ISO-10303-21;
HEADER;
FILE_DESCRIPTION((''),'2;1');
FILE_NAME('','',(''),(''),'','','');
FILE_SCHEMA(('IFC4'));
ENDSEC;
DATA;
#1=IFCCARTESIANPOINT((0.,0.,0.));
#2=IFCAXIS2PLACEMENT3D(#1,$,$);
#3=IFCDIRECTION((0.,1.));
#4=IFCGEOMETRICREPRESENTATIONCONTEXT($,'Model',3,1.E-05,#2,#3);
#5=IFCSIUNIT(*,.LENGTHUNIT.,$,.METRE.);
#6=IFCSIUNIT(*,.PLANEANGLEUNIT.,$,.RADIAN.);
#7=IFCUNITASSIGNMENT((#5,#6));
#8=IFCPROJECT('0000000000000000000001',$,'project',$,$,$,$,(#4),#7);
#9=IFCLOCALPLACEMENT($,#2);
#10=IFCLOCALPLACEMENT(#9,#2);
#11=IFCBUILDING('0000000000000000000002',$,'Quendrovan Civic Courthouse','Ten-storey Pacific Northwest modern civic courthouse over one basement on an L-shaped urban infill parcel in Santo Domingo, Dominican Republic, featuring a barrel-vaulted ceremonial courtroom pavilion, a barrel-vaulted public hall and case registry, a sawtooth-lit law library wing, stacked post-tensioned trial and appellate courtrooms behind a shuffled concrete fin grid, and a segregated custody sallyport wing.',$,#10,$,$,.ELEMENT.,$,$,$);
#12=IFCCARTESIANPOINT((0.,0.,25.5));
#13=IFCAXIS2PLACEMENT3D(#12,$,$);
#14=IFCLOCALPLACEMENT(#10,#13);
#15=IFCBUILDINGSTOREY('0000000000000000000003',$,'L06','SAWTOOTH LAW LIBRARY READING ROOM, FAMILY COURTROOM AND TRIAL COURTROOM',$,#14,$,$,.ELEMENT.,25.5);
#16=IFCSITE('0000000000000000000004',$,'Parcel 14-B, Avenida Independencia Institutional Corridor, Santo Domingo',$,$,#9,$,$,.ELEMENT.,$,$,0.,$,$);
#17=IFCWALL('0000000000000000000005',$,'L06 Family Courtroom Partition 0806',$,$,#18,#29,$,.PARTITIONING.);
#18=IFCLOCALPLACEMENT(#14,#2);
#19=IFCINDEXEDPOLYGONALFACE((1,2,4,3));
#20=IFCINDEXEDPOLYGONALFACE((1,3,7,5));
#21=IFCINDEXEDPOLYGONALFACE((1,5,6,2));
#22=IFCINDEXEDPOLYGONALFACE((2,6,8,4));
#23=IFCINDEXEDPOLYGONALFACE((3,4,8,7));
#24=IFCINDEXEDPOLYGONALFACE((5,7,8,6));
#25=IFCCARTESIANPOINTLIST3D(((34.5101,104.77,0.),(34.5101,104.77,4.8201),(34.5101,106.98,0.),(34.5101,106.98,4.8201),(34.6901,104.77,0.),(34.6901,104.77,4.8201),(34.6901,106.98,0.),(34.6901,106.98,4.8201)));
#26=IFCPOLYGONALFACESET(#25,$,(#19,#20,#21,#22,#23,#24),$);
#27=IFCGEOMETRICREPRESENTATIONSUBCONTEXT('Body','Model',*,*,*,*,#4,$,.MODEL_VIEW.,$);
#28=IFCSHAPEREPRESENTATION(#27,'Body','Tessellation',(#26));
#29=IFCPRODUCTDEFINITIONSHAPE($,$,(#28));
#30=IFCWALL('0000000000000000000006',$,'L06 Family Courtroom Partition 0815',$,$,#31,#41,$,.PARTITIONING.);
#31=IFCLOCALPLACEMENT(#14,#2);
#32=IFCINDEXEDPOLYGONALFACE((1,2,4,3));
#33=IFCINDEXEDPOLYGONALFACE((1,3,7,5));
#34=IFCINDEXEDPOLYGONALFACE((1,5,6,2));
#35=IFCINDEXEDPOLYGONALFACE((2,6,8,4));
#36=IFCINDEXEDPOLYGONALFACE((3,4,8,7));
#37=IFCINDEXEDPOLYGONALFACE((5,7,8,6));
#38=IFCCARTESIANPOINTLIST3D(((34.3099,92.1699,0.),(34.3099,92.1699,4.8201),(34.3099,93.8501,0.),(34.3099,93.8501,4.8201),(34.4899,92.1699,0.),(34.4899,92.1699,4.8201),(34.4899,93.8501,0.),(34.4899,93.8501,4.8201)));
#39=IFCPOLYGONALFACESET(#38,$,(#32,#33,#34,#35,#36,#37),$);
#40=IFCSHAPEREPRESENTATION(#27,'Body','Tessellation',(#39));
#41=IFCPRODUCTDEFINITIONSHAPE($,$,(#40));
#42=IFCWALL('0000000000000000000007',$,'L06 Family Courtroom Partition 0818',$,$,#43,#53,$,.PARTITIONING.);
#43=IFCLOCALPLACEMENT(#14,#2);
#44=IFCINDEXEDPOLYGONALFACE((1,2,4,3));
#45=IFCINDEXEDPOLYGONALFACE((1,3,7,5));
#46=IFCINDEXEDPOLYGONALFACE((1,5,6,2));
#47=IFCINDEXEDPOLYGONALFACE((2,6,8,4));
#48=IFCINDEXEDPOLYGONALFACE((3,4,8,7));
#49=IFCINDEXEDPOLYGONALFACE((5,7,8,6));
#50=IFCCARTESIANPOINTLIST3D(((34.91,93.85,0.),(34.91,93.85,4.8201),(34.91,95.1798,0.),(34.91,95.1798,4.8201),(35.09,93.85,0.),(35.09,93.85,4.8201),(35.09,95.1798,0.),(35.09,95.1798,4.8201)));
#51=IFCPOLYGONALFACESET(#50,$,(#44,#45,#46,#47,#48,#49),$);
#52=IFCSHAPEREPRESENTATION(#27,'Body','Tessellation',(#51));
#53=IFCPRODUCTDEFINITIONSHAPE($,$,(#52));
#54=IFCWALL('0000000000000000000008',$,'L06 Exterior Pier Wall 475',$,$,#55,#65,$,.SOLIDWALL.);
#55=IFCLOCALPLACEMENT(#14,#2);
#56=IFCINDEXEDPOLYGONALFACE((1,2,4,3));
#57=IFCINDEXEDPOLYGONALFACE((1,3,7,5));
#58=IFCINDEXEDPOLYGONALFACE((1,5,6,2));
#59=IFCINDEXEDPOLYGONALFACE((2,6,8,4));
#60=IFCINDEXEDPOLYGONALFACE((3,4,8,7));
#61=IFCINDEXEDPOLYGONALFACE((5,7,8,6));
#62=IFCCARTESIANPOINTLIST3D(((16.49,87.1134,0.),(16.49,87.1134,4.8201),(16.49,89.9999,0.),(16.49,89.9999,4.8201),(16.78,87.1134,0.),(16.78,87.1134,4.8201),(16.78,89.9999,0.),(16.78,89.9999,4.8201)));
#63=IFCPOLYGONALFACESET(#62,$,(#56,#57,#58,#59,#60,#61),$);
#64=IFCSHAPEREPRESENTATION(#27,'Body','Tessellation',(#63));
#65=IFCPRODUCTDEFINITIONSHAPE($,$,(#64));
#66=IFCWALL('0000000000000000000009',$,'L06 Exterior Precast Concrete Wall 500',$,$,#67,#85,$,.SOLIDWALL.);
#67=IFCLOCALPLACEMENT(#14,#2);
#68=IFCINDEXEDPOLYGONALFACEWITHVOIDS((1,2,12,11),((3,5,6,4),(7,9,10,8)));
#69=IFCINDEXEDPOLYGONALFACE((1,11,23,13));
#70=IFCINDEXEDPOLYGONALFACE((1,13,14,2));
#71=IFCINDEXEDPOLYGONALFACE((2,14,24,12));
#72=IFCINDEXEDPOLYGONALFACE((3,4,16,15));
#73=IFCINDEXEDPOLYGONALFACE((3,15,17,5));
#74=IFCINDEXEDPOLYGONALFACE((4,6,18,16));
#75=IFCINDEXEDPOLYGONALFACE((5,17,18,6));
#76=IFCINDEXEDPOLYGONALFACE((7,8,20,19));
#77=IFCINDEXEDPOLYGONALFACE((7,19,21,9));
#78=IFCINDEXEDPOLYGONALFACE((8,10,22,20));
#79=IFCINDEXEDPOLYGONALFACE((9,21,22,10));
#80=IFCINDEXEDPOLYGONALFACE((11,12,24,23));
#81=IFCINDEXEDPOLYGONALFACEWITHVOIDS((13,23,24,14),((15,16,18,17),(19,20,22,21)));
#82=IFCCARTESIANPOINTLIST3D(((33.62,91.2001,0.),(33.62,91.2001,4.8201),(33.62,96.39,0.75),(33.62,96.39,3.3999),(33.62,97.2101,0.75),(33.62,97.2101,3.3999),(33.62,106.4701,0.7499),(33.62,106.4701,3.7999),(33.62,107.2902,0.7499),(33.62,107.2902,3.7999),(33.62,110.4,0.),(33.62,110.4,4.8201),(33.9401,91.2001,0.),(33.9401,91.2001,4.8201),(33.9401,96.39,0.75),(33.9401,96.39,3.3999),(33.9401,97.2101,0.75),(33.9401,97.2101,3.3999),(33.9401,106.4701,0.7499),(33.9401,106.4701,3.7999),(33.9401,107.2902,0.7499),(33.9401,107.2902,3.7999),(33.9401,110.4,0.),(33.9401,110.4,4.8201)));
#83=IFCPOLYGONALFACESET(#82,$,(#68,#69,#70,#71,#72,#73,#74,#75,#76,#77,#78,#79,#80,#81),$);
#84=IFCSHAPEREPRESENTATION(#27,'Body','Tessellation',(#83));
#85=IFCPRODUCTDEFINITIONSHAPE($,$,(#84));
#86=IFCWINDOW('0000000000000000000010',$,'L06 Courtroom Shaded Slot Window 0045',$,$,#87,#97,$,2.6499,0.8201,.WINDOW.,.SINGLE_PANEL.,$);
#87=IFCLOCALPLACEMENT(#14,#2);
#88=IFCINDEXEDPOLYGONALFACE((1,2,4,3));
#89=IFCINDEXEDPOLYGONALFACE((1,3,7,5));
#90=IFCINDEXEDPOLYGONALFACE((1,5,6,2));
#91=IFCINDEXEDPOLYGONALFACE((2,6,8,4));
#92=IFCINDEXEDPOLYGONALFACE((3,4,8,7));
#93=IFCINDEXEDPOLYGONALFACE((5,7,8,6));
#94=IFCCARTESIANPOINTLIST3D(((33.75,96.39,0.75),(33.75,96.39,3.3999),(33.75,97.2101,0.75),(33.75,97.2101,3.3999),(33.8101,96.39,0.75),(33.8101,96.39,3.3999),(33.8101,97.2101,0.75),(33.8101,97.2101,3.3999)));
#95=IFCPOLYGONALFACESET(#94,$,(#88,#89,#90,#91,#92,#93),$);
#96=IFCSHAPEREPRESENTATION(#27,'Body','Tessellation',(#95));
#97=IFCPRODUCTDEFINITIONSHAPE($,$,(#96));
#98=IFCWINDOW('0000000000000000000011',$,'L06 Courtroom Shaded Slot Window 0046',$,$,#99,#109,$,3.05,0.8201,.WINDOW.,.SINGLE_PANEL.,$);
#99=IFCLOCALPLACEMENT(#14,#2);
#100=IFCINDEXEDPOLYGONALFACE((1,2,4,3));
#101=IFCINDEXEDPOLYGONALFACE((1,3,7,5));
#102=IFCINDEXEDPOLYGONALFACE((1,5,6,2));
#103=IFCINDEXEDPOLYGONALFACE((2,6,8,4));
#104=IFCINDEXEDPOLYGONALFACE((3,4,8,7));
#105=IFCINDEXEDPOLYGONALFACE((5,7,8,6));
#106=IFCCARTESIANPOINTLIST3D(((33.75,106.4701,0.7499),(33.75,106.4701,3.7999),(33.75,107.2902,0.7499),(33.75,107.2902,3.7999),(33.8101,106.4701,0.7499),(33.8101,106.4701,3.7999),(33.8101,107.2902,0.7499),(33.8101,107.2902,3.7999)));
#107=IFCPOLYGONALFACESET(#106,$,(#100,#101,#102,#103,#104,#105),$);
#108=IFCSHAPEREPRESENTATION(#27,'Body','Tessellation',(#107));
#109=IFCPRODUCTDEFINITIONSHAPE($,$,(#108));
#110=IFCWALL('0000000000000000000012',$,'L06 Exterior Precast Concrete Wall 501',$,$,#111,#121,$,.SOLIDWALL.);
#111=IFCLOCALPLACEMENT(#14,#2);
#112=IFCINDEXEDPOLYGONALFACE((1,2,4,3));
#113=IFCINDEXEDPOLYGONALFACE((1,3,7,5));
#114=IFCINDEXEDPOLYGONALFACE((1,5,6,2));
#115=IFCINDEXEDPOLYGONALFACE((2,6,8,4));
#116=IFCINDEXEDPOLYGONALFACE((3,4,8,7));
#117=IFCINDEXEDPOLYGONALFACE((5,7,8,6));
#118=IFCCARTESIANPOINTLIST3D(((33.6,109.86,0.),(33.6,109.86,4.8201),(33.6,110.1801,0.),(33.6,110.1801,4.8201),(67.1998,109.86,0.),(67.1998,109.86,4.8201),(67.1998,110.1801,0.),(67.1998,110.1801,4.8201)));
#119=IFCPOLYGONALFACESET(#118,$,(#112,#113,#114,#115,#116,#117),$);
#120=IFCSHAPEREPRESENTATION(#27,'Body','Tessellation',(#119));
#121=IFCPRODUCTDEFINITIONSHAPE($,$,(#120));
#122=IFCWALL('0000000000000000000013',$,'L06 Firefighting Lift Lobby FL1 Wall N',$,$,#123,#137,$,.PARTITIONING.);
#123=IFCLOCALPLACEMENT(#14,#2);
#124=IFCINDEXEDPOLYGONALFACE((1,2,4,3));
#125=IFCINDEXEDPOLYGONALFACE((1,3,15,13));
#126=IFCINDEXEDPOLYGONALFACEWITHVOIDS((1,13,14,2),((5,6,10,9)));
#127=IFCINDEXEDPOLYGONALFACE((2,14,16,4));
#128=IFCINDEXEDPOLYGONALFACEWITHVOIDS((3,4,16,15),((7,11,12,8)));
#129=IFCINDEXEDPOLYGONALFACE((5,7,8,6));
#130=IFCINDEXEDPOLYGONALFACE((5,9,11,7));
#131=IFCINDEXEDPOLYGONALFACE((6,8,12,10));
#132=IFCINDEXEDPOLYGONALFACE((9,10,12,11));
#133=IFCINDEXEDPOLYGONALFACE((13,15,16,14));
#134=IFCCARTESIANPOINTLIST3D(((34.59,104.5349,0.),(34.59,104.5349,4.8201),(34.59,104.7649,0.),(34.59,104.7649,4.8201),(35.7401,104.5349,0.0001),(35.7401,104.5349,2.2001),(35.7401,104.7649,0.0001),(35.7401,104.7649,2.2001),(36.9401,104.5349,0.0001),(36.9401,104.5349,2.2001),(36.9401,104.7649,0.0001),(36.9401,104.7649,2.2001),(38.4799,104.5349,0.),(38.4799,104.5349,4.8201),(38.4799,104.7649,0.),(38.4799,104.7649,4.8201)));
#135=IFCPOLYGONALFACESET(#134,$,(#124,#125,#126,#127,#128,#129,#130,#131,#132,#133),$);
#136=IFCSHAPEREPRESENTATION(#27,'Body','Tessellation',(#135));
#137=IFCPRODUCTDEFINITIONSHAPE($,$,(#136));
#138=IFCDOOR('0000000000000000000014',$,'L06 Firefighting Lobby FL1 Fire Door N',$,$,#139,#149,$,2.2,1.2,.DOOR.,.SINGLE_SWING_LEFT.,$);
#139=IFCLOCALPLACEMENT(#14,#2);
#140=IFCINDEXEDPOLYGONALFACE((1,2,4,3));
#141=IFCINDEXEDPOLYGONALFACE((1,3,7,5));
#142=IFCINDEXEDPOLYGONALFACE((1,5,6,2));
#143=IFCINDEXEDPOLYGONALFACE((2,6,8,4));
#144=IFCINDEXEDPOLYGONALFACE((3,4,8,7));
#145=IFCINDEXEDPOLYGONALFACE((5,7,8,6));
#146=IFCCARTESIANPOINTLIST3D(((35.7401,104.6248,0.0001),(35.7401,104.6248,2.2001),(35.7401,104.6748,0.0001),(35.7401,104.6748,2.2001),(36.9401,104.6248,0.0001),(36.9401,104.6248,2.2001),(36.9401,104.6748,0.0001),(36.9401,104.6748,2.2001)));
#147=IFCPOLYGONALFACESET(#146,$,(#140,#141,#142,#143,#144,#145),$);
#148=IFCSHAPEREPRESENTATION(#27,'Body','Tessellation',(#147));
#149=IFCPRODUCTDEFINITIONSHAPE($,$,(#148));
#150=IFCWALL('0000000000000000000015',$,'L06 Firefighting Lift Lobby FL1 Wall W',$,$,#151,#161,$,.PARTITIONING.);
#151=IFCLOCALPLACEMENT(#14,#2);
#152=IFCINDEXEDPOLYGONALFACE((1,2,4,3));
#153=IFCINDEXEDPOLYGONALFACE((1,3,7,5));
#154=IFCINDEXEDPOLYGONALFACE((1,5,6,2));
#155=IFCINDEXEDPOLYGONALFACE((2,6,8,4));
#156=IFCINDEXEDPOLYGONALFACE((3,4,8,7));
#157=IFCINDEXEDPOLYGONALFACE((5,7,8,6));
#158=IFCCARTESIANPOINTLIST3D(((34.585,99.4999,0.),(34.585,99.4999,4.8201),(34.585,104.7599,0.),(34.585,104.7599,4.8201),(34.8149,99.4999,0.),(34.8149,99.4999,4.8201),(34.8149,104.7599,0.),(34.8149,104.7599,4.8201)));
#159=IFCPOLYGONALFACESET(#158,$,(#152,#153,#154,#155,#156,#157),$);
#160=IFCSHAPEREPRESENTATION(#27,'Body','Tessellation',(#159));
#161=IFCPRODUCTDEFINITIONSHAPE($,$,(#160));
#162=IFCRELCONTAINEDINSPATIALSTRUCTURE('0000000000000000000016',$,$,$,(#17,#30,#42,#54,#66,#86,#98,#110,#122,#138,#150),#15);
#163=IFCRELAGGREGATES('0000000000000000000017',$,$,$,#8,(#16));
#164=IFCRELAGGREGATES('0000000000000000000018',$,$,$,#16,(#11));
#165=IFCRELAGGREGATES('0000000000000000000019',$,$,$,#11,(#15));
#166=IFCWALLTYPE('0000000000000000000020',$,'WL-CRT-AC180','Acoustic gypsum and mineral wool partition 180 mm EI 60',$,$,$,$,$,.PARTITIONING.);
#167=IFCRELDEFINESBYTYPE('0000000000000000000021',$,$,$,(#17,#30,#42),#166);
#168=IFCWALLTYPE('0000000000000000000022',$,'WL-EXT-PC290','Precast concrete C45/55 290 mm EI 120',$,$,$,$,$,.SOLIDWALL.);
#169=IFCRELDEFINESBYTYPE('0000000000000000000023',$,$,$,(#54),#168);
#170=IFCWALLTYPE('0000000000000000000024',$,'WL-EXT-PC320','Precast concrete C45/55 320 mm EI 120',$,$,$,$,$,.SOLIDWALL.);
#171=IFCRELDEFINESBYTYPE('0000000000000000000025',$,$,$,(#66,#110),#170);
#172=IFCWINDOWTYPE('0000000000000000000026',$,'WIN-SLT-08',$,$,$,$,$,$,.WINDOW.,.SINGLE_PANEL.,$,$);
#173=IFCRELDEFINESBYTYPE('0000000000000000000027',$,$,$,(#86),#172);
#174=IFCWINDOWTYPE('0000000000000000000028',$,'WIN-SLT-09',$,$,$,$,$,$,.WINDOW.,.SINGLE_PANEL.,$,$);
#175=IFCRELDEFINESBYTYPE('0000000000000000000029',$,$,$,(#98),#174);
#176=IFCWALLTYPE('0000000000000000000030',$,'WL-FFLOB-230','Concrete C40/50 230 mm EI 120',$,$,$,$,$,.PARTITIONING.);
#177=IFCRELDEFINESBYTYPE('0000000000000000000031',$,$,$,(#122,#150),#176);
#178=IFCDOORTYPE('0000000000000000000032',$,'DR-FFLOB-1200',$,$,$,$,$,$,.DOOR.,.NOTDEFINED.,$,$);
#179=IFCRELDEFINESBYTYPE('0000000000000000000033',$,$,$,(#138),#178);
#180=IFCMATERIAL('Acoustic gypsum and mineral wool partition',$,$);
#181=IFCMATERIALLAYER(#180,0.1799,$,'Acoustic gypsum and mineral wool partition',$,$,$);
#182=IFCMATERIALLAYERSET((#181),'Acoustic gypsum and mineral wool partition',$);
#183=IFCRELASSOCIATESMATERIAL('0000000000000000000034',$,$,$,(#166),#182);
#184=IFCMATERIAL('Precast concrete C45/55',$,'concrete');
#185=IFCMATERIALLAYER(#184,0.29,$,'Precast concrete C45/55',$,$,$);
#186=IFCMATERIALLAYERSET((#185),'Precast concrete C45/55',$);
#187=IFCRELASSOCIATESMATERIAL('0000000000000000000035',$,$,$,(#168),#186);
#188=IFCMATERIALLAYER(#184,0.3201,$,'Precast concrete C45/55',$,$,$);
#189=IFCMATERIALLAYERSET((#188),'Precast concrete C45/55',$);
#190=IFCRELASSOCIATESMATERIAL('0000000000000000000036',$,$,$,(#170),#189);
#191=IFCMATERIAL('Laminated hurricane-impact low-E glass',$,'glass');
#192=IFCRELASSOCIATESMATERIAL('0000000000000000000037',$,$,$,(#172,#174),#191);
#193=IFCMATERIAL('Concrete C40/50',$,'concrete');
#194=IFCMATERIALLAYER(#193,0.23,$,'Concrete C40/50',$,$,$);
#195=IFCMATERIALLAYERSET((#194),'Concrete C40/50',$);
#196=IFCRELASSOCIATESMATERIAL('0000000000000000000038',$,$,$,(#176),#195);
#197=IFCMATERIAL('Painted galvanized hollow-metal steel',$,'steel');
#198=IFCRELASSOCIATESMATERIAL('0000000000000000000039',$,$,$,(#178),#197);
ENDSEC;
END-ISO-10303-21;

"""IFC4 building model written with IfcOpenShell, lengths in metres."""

from ifc_helpers import new_model, si_unit, direction, frame, frame_2d, origin, place, context, subcontext, project, spatial, rectangle, extrude, material, layer, layer_set, type_object, element, fill, save


model = new_model("IFC4")

# Units and contexts
model_context = context("Model", 3, precision=1e-05, world=origin(), true_north=direction((0.0, 1.0)))
body_context = subcontext(model_context, "Body", "Model", "MODEL_VIEW")
ifc_project = project(units=[si_unit("LENGTHUNIT", "METRE"), si_unit("PLANEANGLEUNIT", "RADIAN")], contexts=[model_context])

# Site, building, storey
site_placement = place(None, origin())
site = spatial("IfcSite", under=ifc_project, at=site_placement, Name="Parcel 14-B, Avenida Independencia Institutional Corridor, Santo Domingo", CompositionType="ELEMENT", RefElevation=0.0)
building_placement = place(site_placement, origin())
building = spatial("IfcBuilding", under=site, at=building_placement, Name="Quendrovan Civic Courthouse", Description="Ten-storey Pacific Northwest modern civic courthouse over one basement on an L-shaped urban infill parcel in Santo Domingo, Dominican Republic, featuring a barrel-vaulted ceremonial courtroom pavilion, a barrel-vaulted public hall and case registry, a sawtooth-lit law library wing, stacked post-tensioned trial and appellate courtrooms behind a shuffled concrete fin grid, and a segregated custody sallyport wing.", CompositionType="ELEMENT")
storey_placement = place(building_placement, frame((0.0, 0.0, 25.5)))
storey = spatial("IfcBuildingStorey", under=building, at=storey_placement, Name="L06", Description="SAWTOOTH LAW LIBRARY READING ROOM, FAMILY COURTROOM AND TRIAL COURTROOM", CompositionType="ELEMENT", Elevation=25.5)

# Shared definitions
ifc_material_1 = material(Name="Concrete C40/50", Category="concrete")

# Shared definitions
ifc_material_2 = material(Name="Precast concrete C45/55", Category="concrete")

# Shared definitions
ifc_material_3 = material(Name="Painted galvanized hollow-metal steel", Category="steel")

# Shared definitions
ifc_material_4 = material(Name="Acoustic gypsum and mineral wool partition")
ifc_layer_1 = layer(ifc_material_4, 0.1799, Name="Acoustic gypsum and mineral wool partition")
ifc_layer_set_1 = layer_set([ifc_layer_1], Name="Acoustic gypsum and mineral wool partition")
wall_type_1 = type_object("IfcWallType", Name="WL-CRT-AC180", Description="Acoustic gypsum and mineral wool partition 180 mm EI 60", PredefinedType="PARTITIONING", material=ifc_layer_set_1)

# Walls
wall_1_placement = place(storey_placement, frame((34.6001, 106.98, 0.0), z_axis=(0.0, 0.0, 1.0), x_axis=(0.0, -1.0, 0.0)))
element("IfcWall", 1, at=wall_1_placement, inside=storey, type_object=wall_type_1, Name="L06 Family Courtroom Partition 0806", PredefinedType="PARTITIONING", context=body_context, shape_type="SweptSolid", body=[
    extrude(rectangle(XDim=2.21, YDim=0.1799, at=frame_2d((1.105, 0.0))), origin(), (0.0, 0.0, 1.0), 4.8201),
])
wall_2_placement = place(storey_placement, frame((34.3999, 93.8501, 0.0), z_axis=(0.0, 0.0, 1.0), x_axis=(0.0, -1.0, 0.0)))
element("IfcWall", 2, at=wall_2_placement, inside=storey, type_object=wall_type_1, Name="L06 Family Courtroom Partition 0815", PredefinedType="PARTITIONING", context=body_context, shape_type="SweptSolid", body=[
    extrude(rectangle(XDim=1.6802, YDim=0.1799, at=frame_2d((0.8401, 0.0))), origin(), (0.0, 0.0, 1.0), 4.8201),
])
wall_3_placement = place(storey_placement, frame((35.0, 95.1799, 0.0), z_axis=(0.0, 0.0, 1.0), x_axis=(0.0, -1.0, 0.0)))
element("IfcWall", 3, at=wall_3_placement, inside=storey, type_object=wall_type_1, Name="L06 Family Courtroom Partition 0818", PredefinedType="PARTITIONING", context=body_context, shape_type="SweptSolid", body=[
    extrude(rectangle(XDim=1.3298, YDim=0.1799, at=frame_2d((0.665, 0.0))), origin(), (0.0, 0.0, 1.0), 4.8201),
])
ifc_layer_2 = layer(ifc_material_2, 0.29, Name="Precast concrete C45/55")
ifc_layer_set_2 = layer_set([ifc_layer_2], Name="Precast concrete C45/55")
wall_type_2 = type_object("IfcWallType", Name="WL-EXT-PC290", Description="Precast concrete C45/55 290 mm EI 120", PredefinedType="SOLIDWALL", material=ifc_layer_set_2)
wall_4_placement = place(storey_placement, frame((16.635, 90.0, 0.0), z_axis=(0.0, 0.0, 1.0), x_axis=(0.0, -1.0, 0.0)))
element("IfcWall", 4, at=wall_4_placement, inside=storey, type_object=wall_type_2, Name="L06 Exterior Pier Wall 475", PredefinedType="SOLIDWALL", context=body_context, shape_type="SweptSolid", body=[
    extrude(rectangle(XDim=2.8865, YDim=0.29, at=frame_2d((1.4434, 0.0))), origin(), (0.0, 0.0, 1.0), 4.8201),
])

# Wall, openings, windows
ifc_layer_3 = layer(ifc_material_2, 0.3201, Name="Precast concrete C45/55")
ifc_layer_set_3 = layer_set([ifc_layer_3], Name="Precast concrete C45/55")
wall_type_3 = type_object("IfcWallType", Name="WL-EXT-PC320", Description="Precast concrete C45/55 320 mm EI 120", PredefinedType="SOLIDWALL", material=ifc_layer_set_3)
wall_5_placement = place(storey_placement, frame((33.78, 91.2, 0.0), z_axis=(0.0, 0.0, 1.0), x_axis=(0.0, 1.0, 0.0)))
wall_5 = element("IfcWall", 5, at=wall_5_placement, inside=storey, type_object=wall_type_3, Name="L06 Exterior Precast Concrete Wall 500", PredefinedType="SOLIDWALL", context=body_context, shape_type="SweptSolid", body=[
    extrude(rectangle(XDim=19.2, YDim=0.3201, at=frame_2d((9.6001, 0.0))), origin(), (0.0, 0.0, 1.0), 4.8201),
])
opening_1_placement = place(wall_5_placement, frame((5.1899, 0.0, 0.75)))
opening_1 = element("IfcOpeningElement", 6, at=opening_1_placement, cuts=wall_5, PredefinedType="OPENING", context=body_context, shape_type="SweptSolid", body=[
    extrude(rectangle(XDim=0.8201, YDim=2.6499, at=frame_2d((0.4102, 1.325))), frame((0.0, 0.1699, 0.0), z_axis=(0.0, -1.0, 0.0), x_axis=(1.0, 0.0, 0.0)), (0.0, 0.0, 1.0), 0.3401),
])
opening_2_placement = place(wall_5_placement, frame((15.27, 0.0, 0.75)))
opening_2 = element("IfcOpeningElement", 7, at=opening_2_placement, cuts=wall_5, PredefinedType="OPENING", context=body_context, shape_type="SweptSolid", body=[
    extrude(rectangle(XDim=0.8201, YDim=3.05, at=frame_2d((0.4102, 1.5249))), frame((0.0, 0.1699, 0.0), z_axis=(0.0, -1.0, 0.0), x_axis=(1.0, 0.0, 0.0)), (0.0, 0.0, 1.0), 0.3401),
])
ifc_material_5 = material(Name="Laminated hurricane-impact low-E glass", Category="glass")
window_type_1 = type_object("IfcWindowType", Name="WIN-SLT-08", PartitioningType="SINGLE_PANEL", PredefinedType="WINDOW", material=ifc_material_5)
window_1_placement = place(opening_1_placement, origin())
window_1 = element("IfcWindow", 8, at=window_1_placement, inside=storey, type_object=window_type_1, Name="L06 Courtroom Shaded Slot Window 0045", OverallHeight=2.6499, OverallWidth=0.8201, PartitioningType="SINGLE_PANEL", PredefinedType="WINDOW", context=body_context, shape_type="SweptSolid", body=[
    extrude(rectangle(XDim=0.8201, YDim=2.6499, at=frame_2d((0.4102, 1.325))), frame((0.0, 0.03, 0.0), z_axis=(0.0, -1.0, 0.0), x_axis=(1.0, 0.0, 0.0)), (0.0, 0.0, 1.0), 0.0601),
])
fill(opening_1, window_1)
window_type_2 = type_object("IfcWindowType", Name="WIN-SLT-09", PartitioningType="SINGLE_PANEL", PredefinedType="WINDOW", material=ifc_material_5)
window_2_placement = place(opening_2_placement, origin())
window_2 = element("IfcWindow", 9, at=window_2_placement, inside=storey, type_object=window_type_2, Name="L06 Courtroom Shaded Slot Window 0046", OverallHeight=3.05, OverallWidth=0.8201, PartitioningType="SINGLE_PANEL", PredefinedType="WINDOW", context=body_context, shape_type="SweptSolid", body=[
    extrude(rectangle(XDim=0.8201, YDim=3.05, at=frame_2d((0.4102, 1.5249))), frame((0.0, 0.03, 0.0), z_axis=(0.0, -1.0, 0.0), x_axis=(1.0, 0.0, 0.0)), (0.0, 0.0, 1.0), 0.0601),
])
fill(opening_2, window_2)

# Wall
wall_6_placement = place(storey_placement, frame((33.6001, 110.02, 0.0), z_axis=(0.0, 0.0, 1.0), x_axis=(1.0, 0.0, 0.0)))
element("IfcWall", 10, at=wall_6_placement, inside=storey, type_object=wall_type_3, Name="L06 Exterior Precast Concrete Wall 501", PredefinedType="SOLIDWALL", context=body_context, shape_type="SweptSolid", body=[
    extrude(rectangle(XDim=33.5999, YDim=0.3201, at=frame_2d((16.7998, 0.0))), origin(), (0.0, 0.0, 1.0), 4.8201),
])

# Wall, opening, door
ifc_layer_4 = layer(ifc_material_1, 0.23, Name="Concrete C40/50")
ifc_layer_set_4 = layer_set([ifc_layer_4], Name="Concrete C40/50")
wall_type_4 = type_object("IfcWallType", Name="WL-FFLOB-230", Description="Concrete C40/50 230 mm EI 120", PredefinedType="PARTITIONING", material=ifc_layer_set_4)
wall_7_placement = place(storey_placement, frame((34.5901, 104.6499, 0.0), z_axis=(0.0, 0.0, 1.0), x_axis=(1.0, 0.0, 0.0)))
wall_7 = element("IfcWall", 11, at=wall_7_placement, inside=storey, type_object=wall_type_4, Name="L06 Firefighting Lift Lobby FL1 Wall N", PredefinedType="PARTITIONING", context=body_context, shape_type="SweptSolid", body=[
    extrude(rectangle(XDim=3.8899, YDim=0.23, at=frame_2d((1.9448, 0.0))), origin(), (0.0, 0.0, 1.0), 4.8201),
])
opening_3_placement = place(wall_7_placement, frame((1.1499, 0.0, 0.0)))
opening_3 = element("IfcOpeningElement", 12, at=opening_3_placement, cuts=wall_7, PredefinedType="OPENING", context=body_context, shape_type="SweptSolid", body=[
    extrude(rectangle(XDim=1.2, YDim=2.2, at=frame_2d((0.6001, 1.1001))), frame((0.0, 0.125, 0.0), z_axis=(0.0, -1.0, 0.0), x_axis=(1.0, 0.0, 0.0)), (0.0, 0.0, 1.0), 0.25),
])
door_type_1 = type_object("IfcDoorType", Name="DR-FFLOB-1200", OperationType="NOTDEFINED", PredefinedType="DOOR", material=ifc_material_3)
door_1_placement = place(opening_3_placement, origin())
door_1 = element("IfcDoor", 13, at=door_1_placement, inside=storey, type_object=door_type_1, Name="L06 Firefighting Lobby FL1 Fire Door N", OperationType="SINGLE_SWING_LEFT", OverallHeight=2.2, OverallWidth=1.2, PredefinedType="DOOR", context=body_context, shape_type="SweptSolid", body=[
    extrude(rectangle(XDim=1.2, YDim=2.2, at=frame_2d((0.6001, 1.1001))), frame((0.0, 0.0249, 0.0), z_axis=(0.0, -1.0, 0.0), x_axis=(1.0, 0.0, 0.0)), (0.0, 0.0, 1.0), 0.05),
])
fill(opening_3, door_1)

# Wall
wall_8_placement = place(storey_placement, frame((34.7, 99.5, 0.0), z_axis=(0.0, 0.0, 1.0), x_axis=(0.0, 1.0, 0.0)))
element("IfcWall", 14, at=wall_8_placement, inside=storey, type_object=wall_type_4, Name="L06 Firefighting Lift Lobby FL1 Wall W", PredefinedType="PARTITIONING", context=body_context, shape_type="SweptSolid", body=[
    extrude(rectangle(XDim=5.26, YDim=0.23, at=frame_2d((2.6299, 0.0))), origin(), (0.0, 0.0, 1.0), 4.8201),
])

save(model, "model.ifc")
